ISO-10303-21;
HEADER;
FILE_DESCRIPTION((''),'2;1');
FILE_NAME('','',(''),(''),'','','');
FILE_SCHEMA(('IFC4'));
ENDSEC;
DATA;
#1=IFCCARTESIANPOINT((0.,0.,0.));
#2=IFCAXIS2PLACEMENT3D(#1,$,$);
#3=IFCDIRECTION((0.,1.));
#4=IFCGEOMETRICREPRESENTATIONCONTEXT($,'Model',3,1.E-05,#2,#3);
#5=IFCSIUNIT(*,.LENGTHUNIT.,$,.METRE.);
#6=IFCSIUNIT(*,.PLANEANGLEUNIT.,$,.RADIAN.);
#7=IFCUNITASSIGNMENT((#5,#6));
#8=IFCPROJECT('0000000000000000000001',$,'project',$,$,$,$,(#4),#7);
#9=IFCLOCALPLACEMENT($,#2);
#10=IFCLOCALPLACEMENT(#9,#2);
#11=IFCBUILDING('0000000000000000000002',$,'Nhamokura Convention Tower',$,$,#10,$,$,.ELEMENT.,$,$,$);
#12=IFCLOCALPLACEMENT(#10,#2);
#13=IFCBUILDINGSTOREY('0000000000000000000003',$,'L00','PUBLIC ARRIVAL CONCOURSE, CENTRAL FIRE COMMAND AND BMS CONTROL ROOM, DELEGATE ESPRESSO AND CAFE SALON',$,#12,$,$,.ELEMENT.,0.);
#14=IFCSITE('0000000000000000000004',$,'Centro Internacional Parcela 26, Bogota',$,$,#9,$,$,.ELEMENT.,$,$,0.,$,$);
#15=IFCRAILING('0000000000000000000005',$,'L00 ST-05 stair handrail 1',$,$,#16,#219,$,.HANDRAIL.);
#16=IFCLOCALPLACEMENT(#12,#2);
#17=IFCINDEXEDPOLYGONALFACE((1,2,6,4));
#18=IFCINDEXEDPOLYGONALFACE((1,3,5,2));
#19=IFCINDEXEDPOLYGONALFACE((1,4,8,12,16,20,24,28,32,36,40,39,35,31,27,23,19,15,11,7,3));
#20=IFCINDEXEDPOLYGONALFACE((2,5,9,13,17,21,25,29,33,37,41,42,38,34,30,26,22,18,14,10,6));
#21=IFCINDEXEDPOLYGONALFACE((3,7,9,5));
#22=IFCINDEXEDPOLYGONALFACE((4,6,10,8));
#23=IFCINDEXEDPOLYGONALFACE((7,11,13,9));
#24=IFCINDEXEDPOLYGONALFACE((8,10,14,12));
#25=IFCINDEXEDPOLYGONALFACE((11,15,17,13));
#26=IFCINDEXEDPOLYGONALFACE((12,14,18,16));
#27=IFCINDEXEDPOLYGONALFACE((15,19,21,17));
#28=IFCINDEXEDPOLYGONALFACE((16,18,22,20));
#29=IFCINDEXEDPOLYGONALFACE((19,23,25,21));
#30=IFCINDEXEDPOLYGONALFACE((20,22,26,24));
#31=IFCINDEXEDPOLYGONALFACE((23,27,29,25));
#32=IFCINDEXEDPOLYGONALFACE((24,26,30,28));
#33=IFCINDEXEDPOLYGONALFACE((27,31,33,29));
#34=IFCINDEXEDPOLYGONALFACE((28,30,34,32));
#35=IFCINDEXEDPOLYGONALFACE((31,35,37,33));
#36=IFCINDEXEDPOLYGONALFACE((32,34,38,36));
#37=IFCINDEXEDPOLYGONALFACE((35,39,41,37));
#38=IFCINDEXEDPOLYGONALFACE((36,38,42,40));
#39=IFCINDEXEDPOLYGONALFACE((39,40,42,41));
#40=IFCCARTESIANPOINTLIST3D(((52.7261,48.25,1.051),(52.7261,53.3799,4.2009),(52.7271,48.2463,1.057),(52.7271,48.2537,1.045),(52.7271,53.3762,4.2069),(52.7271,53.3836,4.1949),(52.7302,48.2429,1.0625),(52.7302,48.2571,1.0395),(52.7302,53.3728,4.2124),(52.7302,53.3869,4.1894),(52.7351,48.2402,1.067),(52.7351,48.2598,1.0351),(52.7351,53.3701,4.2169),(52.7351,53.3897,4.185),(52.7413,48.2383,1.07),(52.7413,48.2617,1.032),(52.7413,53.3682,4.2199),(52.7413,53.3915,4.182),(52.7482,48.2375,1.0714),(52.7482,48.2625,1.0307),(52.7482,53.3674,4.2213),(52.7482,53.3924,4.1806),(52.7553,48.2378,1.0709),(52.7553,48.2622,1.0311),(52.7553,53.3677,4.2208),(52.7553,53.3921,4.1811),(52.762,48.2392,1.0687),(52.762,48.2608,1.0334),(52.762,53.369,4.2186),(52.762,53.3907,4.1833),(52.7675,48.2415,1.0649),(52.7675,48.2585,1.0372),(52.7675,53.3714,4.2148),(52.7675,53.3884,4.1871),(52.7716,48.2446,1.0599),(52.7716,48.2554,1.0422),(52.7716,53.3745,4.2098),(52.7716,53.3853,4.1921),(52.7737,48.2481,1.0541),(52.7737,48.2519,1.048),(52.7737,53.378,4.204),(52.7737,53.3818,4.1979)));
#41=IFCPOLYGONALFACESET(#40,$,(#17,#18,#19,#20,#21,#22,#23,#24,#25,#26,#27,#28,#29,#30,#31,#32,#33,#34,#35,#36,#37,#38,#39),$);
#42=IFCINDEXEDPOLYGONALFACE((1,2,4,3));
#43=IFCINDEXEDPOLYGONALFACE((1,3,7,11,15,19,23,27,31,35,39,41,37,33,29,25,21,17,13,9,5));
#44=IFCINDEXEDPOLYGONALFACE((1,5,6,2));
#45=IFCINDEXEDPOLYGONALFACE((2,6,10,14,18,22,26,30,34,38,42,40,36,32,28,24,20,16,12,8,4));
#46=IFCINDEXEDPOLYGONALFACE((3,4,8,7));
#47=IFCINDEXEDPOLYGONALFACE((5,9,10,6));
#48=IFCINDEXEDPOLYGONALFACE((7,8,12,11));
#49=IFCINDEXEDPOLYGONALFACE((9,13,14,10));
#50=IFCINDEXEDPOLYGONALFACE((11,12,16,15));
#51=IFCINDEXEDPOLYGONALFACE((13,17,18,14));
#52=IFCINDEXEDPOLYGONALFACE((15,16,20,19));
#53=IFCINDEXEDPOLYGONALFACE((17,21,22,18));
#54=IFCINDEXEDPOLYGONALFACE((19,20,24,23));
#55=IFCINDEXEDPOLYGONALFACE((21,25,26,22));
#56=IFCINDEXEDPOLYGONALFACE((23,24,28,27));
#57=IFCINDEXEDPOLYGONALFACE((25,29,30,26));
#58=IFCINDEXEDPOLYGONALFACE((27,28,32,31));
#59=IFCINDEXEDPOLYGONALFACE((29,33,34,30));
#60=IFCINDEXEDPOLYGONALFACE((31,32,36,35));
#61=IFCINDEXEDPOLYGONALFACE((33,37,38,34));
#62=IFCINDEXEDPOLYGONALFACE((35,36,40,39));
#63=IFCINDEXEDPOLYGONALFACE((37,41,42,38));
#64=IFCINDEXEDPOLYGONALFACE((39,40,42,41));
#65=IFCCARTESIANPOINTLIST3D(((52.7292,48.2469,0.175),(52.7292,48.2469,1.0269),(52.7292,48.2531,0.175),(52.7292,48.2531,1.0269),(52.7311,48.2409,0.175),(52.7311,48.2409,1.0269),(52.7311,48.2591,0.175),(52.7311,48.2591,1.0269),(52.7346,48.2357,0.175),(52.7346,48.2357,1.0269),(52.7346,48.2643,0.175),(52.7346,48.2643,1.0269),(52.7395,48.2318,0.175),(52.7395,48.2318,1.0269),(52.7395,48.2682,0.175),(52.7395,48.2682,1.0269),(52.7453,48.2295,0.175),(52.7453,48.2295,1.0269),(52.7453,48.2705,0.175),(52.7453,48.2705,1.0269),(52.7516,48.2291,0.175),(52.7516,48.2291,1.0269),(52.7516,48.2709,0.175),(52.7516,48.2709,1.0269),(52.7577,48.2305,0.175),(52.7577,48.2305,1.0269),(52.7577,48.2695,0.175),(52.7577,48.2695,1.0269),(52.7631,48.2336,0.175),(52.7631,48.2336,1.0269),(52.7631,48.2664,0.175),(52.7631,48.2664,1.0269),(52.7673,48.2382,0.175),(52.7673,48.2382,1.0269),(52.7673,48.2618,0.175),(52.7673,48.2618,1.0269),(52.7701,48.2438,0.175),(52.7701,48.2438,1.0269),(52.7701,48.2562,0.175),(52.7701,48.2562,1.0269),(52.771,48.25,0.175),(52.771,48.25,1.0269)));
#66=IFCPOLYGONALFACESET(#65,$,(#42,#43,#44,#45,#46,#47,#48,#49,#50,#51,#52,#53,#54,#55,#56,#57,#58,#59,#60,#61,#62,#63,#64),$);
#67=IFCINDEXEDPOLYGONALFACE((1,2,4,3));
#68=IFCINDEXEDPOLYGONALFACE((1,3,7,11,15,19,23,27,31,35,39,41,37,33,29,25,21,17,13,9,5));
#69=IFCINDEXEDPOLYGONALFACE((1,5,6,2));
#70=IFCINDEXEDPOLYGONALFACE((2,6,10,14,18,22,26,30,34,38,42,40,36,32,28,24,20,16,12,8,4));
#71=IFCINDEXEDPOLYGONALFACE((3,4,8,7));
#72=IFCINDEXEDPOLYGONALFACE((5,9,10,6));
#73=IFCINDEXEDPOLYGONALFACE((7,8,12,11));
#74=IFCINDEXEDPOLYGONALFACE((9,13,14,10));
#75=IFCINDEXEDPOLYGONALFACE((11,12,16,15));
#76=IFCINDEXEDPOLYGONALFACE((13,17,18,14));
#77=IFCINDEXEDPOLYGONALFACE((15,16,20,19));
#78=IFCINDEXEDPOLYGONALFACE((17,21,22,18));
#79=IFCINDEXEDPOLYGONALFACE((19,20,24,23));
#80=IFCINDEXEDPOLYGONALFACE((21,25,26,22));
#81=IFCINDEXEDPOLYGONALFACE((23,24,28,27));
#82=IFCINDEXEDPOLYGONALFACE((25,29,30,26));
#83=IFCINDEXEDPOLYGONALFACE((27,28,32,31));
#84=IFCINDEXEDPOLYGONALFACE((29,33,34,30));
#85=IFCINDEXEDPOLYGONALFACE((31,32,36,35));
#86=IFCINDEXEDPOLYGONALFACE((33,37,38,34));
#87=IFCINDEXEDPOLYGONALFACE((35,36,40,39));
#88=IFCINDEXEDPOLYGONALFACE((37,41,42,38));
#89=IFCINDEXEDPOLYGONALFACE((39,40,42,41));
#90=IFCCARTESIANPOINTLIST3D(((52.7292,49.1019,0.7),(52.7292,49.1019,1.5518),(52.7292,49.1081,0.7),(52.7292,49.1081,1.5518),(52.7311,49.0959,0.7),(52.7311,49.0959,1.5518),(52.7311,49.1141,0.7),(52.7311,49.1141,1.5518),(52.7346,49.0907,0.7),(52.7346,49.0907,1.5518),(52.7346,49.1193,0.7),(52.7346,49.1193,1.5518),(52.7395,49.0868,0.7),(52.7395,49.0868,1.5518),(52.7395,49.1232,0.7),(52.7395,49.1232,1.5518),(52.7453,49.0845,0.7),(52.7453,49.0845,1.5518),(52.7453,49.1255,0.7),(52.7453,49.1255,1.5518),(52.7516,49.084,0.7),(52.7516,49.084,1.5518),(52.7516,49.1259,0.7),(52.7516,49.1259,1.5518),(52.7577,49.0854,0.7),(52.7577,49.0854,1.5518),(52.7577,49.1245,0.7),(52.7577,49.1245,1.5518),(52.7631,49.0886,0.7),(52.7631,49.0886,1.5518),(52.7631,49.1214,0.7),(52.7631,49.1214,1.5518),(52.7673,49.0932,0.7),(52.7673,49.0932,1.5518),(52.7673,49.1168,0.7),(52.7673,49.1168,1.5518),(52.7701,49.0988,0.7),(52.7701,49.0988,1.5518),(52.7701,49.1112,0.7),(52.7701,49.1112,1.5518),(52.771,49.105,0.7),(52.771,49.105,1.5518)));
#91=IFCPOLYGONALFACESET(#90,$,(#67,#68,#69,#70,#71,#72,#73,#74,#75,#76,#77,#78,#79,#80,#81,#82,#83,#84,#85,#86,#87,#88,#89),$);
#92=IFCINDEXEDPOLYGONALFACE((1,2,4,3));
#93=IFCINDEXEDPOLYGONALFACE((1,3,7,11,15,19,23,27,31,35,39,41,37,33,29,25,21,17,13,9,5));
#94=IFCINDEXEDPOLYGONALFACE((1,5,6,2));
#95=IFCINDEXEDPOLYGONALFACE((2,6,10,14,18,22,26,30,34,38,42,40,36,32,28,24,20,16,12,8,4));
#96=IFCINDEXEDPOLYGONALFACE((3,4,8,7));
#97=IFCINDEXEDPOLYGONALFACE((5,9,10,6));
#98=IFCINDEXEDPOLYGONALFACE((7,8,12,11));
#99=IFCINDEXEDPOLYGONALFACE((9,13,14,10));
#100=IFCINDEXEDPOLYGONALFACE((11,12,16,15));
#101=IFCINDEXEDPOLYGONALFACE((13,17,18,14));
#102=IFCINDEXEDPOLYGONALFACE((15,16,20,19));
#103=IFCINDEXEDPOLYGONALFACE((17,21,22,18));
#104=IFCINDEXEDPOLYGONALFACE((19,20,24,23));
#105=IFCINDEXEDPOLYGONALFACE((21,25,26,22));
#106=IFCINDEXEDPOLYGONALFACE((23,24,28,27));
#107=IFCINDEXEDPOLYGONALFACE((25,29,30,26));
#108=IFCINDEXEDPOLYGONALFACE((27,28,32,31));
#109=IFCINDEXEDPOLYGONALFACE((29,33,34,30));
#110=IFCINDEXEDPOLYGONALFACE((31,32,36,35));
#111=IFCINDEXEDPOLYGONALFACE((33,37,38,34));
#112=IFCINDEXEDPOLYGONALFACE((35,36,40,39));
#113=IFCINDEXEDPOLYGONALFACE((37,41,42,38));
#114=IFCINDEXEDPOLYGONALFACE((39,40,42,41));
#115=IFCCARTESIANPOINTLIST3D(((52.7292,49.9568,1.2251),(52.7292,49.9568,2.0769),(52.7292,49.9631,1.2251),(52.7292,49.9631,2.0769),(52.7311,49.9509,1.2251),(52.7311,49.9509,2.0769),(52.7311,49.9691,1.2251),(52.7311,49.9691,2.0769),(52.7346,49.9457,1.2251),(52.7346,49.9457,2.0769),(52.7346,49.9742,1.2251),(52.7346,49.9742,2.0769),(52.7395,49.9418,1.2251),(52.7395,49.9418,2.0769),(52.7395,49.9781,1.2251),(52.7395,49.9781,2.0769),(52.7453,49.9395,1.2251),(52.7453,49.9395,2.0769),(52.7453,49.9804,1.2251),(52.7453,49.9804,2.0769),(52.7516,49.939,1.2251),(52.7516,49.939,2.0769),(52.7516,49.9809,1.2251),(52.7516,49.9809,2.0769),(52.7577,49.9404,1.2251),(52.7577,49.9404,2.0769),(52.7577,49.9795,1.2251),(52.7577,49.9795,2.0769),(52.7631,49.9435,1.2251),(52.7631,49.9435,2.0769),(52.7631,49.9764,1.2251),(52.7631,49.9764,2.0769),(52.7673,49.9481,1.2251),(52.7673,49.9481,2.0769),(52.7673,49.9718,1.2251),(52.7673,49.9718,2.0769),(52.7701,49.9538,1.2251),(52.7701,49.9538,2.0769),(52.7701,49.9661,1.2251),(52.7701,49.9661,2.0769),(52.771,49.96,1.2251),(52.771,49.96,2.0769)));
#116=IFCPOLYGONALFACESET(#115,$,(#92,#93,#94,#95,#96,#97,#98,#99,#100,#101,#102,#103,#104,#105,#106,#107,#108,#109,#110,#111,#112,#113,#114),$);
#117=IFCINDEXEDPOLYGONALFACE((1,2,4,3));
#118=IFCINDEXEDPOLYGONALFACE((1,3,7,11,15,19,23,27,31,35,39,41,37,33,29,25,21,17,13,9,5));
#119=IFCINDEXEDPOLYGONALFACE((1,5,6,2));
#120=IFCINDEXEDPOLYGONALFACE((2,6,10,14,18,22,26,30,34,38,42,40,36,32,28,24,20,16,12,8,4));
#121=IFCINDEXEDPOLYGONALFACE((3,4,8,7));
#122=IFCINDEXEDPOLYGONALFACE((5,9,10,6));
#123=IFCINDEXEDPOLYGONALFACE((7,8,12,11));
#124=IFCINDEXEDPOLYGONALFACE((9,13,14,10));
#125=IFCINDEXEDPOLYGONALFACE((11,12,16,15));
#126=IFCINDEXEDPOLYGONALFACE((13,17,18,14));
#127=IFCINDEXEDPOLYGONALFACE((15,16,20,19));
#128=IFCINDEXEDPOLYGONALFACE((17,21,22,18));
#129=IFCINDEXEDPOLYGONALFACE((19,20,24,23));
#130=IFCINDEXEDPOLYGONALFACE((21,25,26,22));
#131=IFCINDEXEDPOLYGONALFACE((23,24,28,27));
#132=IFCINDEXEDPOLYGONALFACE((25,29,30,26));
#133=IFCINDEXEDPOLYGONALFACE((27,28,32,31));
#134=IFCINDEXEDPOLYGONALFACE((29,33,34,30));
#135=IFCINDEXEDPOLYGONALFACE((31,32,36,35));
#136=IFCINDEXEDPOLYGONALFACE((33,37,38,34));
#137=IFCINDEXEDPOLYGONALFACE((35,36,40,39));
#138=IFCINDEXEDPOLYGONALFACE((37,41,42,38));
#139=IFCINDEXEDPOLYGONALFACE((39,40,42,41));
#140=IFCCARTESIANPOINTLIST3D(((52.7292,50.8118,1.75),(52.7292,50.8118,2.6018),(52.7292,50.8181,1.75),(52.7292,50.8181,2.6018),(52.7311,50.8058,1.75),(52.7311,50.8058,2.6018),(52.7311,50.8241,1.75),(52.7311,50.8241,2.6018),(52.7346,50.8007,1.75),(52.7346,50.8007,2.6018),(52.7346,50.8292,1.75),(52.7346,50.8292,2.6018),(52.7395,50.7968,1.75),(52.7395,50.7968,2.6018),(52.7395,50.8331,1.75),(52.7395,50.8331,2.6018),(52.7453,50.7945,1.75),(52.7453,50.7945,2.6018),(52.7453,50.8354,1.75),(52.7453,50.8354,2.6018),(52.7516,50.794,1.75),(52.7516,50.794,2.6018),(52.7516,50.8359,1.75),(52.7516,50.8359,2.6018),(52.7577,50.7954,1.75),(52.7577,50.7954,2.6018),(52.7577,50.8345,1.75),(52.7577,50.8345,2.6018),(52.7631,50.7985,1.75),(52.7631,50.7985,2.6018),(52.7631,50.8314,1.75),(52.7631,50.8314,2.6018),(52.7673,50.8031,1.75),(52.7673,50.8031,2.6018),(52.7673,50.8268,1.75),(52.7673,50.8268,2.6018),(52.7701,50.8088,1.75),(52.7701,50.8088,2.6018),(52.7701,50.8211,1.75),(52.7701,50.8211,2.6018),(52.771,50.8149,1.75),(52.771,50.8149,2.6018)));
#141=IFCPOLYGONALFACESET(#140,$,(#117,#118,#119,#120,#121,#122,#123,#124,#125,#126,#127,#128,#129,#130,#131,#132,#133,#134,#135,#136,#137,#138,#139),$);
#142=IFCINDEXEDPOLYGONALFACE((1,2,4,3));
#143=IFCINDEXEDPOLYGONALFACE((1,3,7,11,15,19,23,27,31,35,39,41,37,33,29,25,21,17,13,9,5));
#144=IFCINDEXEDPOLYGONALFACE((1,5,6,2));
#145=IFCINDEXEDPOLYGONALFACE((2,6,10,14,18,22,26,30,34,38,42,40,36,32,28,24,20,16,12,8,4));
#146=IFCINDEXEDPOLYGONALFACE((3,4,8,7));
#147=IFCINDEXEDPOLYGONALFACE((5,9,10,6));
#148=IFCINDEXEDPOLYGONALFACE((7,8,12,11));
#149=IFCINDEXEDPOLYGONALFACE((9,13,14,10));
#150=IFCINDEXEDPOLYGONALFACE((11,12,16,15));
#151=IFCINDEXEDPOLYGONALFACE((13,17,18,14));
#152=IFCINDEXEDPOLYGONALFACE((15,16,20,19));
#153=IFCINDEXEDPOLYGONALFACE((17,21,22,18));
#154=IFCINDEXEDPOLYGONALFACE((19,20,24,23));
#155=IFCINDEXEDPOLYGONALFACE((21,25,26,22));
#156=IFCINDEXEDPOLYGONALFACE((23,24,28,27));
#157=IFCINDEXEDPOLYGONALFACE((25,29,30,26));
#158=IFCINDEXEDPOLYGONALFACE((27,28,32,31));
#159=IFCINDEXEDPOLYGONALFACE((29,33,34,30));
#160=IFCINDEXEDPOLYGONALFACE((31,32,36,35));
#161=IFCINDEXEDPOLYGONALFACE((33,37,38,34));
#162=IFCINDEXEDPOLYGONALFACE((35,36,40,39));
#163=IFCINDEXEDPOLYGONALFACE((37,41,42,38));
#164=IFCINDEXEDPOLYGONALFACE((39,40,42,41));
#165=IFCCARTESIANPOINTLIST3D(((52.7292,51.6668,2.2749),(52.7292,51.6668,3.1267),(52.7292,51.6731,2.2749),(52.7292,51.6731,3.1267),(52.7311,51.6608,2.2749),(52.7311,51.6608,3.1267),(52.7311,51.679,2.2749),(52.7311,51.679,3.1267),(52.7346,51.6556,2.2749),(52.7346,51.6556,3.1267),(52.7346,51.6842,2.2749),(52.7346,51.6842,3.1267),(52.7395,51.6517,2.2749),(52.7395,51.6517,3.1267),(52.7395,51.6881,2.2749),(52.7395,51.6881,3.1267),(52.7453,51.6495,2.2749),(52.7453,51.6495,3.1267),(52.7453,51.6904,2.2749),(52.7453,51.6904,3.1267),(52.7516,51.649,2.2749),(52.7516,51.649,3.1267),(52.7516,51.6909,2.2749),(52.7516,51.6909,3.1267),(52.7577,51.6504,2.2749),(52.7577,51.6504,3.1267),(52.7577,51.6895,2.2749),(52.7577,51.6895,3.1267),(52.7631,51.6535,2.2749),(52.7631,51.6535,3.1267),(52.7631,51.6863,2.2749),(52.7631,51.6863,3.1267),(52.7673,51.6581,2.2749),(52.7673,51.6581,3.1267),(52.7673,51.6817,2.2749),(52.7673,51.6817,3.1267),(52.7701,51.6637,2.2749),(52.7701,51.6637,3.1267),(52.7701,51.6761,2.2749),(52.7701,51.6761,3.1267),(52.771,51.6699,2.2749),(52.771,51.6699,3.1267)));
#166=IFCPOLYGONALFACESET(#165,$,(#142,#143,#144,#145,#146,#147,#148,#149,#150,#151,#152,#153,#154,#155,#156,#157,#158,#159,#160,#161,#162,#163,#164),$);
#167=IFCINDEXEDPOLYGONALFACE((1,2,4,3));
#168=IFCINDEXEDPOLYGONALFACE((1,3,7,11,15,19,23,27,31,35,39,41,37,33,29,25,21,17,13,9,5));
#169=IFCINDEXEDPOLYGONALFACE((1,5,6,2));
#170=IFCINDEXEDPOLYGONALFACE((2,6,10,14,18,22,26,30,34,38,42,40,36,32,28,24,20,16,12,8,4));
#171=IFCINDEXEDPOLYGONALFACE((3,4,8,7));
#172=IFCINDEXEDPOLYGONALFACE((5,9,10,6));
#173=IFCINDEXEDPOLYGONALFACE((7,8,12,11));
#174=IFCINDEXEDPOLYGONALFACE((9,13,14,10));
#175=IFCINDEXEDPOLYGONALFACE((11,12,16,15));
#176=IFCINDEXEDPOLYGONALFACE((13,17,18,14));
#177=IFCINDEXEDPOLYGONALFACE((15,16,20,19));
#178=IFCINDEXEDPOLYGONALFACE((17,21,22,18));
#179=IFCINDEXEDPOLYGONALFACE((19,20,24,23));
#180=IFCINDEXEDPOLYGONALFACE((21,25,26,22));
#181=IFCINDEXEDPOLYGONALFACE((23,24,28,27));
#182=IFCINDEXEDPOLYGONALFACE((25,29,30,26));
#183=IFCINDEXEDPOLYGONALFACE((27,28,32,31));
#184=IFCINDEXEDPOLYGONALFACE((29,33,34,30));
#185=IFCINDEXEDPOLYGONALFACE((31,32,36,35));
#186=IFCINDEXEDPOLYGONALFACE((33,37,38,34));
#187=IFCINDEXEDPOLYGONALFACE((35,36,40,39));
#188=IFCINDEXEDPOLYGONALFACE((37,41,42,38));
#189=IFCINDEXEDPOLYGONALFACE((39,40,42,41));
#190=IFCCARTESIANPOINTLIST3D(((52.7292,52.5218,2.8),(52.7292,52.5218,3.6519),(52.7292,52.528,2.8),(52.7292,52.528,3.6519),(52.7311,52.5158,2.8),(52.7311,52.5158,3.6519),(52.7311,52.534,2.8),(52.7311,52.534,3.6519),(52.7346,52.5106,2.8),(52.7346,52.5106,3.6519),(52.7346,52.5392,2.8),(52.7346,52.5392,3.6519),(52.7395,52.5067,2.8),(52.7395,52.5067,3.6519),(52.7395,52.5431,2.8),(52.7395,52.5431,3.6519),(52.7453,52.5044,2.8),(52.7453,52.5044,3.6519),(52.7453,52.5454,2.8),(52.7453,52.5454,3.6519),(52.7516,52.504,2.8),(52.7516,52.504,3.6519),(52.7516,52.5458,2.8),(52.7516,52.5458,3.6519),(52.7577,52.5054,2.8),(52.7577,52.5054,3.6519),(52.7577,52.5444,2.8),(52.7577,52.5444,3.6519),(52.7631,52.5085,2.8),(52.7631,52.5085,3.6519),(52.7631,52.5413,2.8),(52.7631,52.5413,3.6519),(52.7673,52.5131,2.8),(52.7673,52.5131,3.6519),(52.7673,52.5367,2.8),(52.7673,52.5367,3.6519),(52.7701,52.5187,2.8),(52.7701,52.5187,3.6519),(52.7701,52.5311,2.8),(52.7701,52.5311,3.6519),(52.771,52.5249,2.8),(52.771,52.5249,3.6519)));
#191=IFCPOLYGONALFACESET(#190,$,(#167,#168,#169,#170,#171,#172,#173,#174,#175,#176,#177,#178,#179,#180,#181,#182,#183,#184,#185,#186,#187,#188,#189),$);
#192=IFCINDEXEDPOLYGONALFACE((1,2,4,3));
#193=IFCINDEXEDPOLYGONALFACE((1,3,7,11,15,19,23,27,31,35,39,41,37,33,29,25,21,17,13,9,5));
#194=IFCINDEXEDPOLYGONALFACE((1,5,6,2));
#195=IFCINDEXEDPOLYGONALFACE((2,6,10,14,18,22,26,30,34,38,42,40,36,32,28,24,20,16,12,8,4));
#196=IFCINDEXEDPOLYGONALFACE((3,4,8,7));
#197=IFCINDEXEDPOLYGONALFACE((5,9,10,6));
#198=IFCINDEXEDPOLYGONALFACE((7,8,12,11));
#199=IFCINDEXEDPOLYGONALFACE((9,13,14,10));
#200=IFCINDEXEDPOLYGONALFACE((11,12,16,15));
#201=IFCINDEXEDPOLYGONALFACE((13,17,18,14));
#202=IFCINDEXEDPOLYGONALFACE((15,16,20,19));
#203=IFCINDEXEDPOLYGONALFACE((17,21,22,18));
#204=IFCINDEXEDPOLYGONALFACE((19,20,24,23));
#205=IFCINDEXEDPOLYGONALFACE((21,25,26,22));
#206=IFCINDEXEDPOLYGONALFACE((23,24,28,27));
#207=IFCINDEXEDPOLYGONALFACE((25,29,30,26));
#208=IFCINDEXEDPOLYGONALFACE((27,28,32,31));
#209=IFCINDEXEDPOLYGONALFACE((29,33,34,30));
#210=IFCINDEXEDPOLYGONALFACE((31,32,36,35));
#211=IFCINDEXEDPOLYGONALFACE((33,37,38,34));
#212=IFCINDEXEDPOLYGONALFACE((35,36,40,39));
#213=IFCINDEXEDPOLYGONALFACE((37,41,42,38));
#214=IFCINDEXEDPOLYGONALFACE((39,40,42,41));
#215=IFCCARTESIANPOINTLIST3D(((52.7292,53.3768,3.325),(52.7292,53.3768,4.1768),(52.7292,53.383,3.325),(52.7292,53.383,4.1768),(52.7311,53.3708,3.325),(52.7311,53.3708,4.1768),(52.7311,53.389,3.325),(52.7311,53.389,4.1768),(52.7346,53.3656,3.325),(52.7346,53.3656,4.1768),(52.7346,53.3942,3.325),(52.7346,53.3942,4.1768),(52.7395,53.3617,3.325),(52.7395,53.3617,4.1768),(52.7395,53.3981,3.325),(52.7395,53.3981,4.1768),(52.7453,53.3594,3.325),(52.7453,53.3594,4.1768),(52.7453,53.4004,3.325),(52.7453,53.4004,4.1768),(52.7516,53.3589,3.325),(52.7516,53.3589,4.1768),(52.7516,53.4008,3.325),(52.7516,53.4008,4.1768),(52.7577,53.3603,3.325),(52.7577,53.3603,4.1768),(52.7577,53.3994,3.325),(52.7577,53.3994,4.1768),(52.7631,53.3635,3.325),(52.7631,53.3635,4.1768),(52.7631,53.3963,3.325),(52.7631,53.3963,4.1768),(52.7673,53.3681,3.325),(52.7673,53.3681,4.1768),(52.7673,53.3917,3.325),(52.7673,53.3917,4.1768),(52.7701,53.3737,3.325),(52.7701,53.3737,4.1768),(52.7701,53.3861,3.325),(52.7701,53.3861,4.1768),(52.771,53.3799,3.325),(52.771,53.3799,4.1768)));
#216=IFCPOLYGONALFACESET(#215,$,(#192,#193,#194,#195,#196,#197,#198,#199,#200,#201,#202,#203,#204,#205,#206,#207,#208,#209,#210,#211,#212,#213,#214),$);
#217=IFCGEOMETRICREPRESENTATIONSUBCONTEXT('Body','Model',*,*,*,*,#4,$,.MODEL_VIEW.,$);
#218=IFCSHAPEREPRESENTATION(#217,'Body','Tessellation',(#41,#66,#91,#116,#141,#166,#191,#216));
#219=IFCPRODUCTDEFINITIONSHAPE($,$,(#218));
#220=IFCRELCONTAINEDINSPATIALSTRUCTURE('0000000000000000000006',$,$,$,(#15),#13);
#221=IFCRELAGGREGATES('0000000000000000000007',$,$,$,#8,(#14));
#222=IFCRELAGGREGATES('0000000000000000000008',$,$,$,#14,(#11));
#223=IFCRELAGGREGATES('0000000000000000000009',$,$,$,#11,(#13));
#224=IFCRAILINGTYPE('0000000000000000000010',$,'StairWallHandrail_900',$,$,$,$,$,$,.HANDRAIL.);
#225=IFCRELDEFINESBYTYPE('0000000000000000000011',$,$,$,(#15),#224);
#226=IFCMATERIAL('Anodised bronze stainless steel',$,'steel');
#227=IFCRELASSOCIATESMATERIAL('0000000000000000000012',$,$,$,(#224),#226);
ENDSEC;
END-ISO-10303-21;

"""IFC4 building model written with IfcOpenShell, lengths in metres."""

from ifc_helpers import new_model, si_unit, direction, frame, origin, origin_2d, place, context, subcontext, project, spatial, circle, extrude, material, type_object, element, save


model = new_model("IFC4")

# Units and contexts
model_context = context("Model", 3, precision=1e-05, world=origin(), true_north=direction((0.0, 1.0)))
body_context = subcontext(model_context, "Body", "Model", "MODEL_VIEW")
ifc_project = project(units=[si_unit("LENGTHUNIT", "METRE"), si_unit("PLANEANGLEUNIT", "RADIAN")], contexts=[model_context])

# Site, building, storey
site_placement = place(None, origin())
site = spatial("IfcSite", under=ifc_project, at=site_placement, Name="Centro Internacional Parcela 26, Bogota", CompositionType="ELEMENT", RefElevation=0.0)
building_placement = place(site_placement, origin())
building = spatial("IfcBuilding", under=site, at=building_placement, Name="Nhamokura Convention Tower", CompositionType="ELEMENT")
storey_placement = place(building_placement, origin())
storey = spatial("IfcBuildingStorey", under=building, at=storey_placement, Name="L00", Description="PUBLIC ARRIVAL CONCOURSE, CENTRAL FIRE COMMAND AND BMS CONTROL ROOM, DELEGATE ESPRESSO AND CAFE SALON", CompositionType="ELEMENT", Elevation=0.0)

# Railing
ifc_material_1 = material(Name="Anodised bronze stainless steel", Category="steel")
railing_type_1 = type_object("IfcRailingType", Name="StairWallHandrail_900", PredefinedType="HANDRAIL", material=ifc_material_1)
railing_1_placement = place(storey_placement, frame((52.75, 48.25, 0.175)))
element("IfcRailing", 1, at=railing_1_placement, inside=storey, type_object=railing_type_1, Name="L00 ST-05 stair handrail 1", PredefinedType="HANDRAIL", context=body_context, shape_type="SweptSolid", body=[
    extrude(circle(Radius=0.0239, at=origin_2d()), frame((0.0, 0.0, 0.876), z_axis=(0.0, 0.852173, 0.52326), x_axis=(-1.0, 0.0, 0.0)), (0.0, 0.0, 1.0), 6.0198),
    extrude(circle(Radius=0.021, at=origin_2d()), origin(), (0.0, 0.0, 1.0), 0.8518),
    extrude(circle(Radius=0.021, at=origin_2d()), frame((0.0, 0.855, 0.5249)), (0.0, 0.0, 1.0), 0.8518),
    extrude(circle(Radius=0.021, at=origin_2d()), frame((0.0, 1.71, 1.05)), (0.0, 0.0, 1.0), 0.8518),
    extrude(circle(Radius=0.021, at=origin_2d()), frame((0.0, 2.5649, 1.575)), (0.0, 0.0, 1.0), 0.8518),
    extrude(circle(Radius=0.021, at=origin_2d()), frame((0.0, 3.4199, 2.0999)), (0.0, 0.0, 1.0), 0.8518),
    extrude(circle(Radius=0.021, at=origin_2d()), frame((0.0, 4.2749, 2.625)), (0.0, 0.0, 1.0), 0.8518),
    extrude(circle(Radius=0.021, at=origin_2d()), frame((0.0, 5.1299, 3.1499)), (0.0, 0.0, 1.0), 0.8518),
])

save(model, "model.ifc")
